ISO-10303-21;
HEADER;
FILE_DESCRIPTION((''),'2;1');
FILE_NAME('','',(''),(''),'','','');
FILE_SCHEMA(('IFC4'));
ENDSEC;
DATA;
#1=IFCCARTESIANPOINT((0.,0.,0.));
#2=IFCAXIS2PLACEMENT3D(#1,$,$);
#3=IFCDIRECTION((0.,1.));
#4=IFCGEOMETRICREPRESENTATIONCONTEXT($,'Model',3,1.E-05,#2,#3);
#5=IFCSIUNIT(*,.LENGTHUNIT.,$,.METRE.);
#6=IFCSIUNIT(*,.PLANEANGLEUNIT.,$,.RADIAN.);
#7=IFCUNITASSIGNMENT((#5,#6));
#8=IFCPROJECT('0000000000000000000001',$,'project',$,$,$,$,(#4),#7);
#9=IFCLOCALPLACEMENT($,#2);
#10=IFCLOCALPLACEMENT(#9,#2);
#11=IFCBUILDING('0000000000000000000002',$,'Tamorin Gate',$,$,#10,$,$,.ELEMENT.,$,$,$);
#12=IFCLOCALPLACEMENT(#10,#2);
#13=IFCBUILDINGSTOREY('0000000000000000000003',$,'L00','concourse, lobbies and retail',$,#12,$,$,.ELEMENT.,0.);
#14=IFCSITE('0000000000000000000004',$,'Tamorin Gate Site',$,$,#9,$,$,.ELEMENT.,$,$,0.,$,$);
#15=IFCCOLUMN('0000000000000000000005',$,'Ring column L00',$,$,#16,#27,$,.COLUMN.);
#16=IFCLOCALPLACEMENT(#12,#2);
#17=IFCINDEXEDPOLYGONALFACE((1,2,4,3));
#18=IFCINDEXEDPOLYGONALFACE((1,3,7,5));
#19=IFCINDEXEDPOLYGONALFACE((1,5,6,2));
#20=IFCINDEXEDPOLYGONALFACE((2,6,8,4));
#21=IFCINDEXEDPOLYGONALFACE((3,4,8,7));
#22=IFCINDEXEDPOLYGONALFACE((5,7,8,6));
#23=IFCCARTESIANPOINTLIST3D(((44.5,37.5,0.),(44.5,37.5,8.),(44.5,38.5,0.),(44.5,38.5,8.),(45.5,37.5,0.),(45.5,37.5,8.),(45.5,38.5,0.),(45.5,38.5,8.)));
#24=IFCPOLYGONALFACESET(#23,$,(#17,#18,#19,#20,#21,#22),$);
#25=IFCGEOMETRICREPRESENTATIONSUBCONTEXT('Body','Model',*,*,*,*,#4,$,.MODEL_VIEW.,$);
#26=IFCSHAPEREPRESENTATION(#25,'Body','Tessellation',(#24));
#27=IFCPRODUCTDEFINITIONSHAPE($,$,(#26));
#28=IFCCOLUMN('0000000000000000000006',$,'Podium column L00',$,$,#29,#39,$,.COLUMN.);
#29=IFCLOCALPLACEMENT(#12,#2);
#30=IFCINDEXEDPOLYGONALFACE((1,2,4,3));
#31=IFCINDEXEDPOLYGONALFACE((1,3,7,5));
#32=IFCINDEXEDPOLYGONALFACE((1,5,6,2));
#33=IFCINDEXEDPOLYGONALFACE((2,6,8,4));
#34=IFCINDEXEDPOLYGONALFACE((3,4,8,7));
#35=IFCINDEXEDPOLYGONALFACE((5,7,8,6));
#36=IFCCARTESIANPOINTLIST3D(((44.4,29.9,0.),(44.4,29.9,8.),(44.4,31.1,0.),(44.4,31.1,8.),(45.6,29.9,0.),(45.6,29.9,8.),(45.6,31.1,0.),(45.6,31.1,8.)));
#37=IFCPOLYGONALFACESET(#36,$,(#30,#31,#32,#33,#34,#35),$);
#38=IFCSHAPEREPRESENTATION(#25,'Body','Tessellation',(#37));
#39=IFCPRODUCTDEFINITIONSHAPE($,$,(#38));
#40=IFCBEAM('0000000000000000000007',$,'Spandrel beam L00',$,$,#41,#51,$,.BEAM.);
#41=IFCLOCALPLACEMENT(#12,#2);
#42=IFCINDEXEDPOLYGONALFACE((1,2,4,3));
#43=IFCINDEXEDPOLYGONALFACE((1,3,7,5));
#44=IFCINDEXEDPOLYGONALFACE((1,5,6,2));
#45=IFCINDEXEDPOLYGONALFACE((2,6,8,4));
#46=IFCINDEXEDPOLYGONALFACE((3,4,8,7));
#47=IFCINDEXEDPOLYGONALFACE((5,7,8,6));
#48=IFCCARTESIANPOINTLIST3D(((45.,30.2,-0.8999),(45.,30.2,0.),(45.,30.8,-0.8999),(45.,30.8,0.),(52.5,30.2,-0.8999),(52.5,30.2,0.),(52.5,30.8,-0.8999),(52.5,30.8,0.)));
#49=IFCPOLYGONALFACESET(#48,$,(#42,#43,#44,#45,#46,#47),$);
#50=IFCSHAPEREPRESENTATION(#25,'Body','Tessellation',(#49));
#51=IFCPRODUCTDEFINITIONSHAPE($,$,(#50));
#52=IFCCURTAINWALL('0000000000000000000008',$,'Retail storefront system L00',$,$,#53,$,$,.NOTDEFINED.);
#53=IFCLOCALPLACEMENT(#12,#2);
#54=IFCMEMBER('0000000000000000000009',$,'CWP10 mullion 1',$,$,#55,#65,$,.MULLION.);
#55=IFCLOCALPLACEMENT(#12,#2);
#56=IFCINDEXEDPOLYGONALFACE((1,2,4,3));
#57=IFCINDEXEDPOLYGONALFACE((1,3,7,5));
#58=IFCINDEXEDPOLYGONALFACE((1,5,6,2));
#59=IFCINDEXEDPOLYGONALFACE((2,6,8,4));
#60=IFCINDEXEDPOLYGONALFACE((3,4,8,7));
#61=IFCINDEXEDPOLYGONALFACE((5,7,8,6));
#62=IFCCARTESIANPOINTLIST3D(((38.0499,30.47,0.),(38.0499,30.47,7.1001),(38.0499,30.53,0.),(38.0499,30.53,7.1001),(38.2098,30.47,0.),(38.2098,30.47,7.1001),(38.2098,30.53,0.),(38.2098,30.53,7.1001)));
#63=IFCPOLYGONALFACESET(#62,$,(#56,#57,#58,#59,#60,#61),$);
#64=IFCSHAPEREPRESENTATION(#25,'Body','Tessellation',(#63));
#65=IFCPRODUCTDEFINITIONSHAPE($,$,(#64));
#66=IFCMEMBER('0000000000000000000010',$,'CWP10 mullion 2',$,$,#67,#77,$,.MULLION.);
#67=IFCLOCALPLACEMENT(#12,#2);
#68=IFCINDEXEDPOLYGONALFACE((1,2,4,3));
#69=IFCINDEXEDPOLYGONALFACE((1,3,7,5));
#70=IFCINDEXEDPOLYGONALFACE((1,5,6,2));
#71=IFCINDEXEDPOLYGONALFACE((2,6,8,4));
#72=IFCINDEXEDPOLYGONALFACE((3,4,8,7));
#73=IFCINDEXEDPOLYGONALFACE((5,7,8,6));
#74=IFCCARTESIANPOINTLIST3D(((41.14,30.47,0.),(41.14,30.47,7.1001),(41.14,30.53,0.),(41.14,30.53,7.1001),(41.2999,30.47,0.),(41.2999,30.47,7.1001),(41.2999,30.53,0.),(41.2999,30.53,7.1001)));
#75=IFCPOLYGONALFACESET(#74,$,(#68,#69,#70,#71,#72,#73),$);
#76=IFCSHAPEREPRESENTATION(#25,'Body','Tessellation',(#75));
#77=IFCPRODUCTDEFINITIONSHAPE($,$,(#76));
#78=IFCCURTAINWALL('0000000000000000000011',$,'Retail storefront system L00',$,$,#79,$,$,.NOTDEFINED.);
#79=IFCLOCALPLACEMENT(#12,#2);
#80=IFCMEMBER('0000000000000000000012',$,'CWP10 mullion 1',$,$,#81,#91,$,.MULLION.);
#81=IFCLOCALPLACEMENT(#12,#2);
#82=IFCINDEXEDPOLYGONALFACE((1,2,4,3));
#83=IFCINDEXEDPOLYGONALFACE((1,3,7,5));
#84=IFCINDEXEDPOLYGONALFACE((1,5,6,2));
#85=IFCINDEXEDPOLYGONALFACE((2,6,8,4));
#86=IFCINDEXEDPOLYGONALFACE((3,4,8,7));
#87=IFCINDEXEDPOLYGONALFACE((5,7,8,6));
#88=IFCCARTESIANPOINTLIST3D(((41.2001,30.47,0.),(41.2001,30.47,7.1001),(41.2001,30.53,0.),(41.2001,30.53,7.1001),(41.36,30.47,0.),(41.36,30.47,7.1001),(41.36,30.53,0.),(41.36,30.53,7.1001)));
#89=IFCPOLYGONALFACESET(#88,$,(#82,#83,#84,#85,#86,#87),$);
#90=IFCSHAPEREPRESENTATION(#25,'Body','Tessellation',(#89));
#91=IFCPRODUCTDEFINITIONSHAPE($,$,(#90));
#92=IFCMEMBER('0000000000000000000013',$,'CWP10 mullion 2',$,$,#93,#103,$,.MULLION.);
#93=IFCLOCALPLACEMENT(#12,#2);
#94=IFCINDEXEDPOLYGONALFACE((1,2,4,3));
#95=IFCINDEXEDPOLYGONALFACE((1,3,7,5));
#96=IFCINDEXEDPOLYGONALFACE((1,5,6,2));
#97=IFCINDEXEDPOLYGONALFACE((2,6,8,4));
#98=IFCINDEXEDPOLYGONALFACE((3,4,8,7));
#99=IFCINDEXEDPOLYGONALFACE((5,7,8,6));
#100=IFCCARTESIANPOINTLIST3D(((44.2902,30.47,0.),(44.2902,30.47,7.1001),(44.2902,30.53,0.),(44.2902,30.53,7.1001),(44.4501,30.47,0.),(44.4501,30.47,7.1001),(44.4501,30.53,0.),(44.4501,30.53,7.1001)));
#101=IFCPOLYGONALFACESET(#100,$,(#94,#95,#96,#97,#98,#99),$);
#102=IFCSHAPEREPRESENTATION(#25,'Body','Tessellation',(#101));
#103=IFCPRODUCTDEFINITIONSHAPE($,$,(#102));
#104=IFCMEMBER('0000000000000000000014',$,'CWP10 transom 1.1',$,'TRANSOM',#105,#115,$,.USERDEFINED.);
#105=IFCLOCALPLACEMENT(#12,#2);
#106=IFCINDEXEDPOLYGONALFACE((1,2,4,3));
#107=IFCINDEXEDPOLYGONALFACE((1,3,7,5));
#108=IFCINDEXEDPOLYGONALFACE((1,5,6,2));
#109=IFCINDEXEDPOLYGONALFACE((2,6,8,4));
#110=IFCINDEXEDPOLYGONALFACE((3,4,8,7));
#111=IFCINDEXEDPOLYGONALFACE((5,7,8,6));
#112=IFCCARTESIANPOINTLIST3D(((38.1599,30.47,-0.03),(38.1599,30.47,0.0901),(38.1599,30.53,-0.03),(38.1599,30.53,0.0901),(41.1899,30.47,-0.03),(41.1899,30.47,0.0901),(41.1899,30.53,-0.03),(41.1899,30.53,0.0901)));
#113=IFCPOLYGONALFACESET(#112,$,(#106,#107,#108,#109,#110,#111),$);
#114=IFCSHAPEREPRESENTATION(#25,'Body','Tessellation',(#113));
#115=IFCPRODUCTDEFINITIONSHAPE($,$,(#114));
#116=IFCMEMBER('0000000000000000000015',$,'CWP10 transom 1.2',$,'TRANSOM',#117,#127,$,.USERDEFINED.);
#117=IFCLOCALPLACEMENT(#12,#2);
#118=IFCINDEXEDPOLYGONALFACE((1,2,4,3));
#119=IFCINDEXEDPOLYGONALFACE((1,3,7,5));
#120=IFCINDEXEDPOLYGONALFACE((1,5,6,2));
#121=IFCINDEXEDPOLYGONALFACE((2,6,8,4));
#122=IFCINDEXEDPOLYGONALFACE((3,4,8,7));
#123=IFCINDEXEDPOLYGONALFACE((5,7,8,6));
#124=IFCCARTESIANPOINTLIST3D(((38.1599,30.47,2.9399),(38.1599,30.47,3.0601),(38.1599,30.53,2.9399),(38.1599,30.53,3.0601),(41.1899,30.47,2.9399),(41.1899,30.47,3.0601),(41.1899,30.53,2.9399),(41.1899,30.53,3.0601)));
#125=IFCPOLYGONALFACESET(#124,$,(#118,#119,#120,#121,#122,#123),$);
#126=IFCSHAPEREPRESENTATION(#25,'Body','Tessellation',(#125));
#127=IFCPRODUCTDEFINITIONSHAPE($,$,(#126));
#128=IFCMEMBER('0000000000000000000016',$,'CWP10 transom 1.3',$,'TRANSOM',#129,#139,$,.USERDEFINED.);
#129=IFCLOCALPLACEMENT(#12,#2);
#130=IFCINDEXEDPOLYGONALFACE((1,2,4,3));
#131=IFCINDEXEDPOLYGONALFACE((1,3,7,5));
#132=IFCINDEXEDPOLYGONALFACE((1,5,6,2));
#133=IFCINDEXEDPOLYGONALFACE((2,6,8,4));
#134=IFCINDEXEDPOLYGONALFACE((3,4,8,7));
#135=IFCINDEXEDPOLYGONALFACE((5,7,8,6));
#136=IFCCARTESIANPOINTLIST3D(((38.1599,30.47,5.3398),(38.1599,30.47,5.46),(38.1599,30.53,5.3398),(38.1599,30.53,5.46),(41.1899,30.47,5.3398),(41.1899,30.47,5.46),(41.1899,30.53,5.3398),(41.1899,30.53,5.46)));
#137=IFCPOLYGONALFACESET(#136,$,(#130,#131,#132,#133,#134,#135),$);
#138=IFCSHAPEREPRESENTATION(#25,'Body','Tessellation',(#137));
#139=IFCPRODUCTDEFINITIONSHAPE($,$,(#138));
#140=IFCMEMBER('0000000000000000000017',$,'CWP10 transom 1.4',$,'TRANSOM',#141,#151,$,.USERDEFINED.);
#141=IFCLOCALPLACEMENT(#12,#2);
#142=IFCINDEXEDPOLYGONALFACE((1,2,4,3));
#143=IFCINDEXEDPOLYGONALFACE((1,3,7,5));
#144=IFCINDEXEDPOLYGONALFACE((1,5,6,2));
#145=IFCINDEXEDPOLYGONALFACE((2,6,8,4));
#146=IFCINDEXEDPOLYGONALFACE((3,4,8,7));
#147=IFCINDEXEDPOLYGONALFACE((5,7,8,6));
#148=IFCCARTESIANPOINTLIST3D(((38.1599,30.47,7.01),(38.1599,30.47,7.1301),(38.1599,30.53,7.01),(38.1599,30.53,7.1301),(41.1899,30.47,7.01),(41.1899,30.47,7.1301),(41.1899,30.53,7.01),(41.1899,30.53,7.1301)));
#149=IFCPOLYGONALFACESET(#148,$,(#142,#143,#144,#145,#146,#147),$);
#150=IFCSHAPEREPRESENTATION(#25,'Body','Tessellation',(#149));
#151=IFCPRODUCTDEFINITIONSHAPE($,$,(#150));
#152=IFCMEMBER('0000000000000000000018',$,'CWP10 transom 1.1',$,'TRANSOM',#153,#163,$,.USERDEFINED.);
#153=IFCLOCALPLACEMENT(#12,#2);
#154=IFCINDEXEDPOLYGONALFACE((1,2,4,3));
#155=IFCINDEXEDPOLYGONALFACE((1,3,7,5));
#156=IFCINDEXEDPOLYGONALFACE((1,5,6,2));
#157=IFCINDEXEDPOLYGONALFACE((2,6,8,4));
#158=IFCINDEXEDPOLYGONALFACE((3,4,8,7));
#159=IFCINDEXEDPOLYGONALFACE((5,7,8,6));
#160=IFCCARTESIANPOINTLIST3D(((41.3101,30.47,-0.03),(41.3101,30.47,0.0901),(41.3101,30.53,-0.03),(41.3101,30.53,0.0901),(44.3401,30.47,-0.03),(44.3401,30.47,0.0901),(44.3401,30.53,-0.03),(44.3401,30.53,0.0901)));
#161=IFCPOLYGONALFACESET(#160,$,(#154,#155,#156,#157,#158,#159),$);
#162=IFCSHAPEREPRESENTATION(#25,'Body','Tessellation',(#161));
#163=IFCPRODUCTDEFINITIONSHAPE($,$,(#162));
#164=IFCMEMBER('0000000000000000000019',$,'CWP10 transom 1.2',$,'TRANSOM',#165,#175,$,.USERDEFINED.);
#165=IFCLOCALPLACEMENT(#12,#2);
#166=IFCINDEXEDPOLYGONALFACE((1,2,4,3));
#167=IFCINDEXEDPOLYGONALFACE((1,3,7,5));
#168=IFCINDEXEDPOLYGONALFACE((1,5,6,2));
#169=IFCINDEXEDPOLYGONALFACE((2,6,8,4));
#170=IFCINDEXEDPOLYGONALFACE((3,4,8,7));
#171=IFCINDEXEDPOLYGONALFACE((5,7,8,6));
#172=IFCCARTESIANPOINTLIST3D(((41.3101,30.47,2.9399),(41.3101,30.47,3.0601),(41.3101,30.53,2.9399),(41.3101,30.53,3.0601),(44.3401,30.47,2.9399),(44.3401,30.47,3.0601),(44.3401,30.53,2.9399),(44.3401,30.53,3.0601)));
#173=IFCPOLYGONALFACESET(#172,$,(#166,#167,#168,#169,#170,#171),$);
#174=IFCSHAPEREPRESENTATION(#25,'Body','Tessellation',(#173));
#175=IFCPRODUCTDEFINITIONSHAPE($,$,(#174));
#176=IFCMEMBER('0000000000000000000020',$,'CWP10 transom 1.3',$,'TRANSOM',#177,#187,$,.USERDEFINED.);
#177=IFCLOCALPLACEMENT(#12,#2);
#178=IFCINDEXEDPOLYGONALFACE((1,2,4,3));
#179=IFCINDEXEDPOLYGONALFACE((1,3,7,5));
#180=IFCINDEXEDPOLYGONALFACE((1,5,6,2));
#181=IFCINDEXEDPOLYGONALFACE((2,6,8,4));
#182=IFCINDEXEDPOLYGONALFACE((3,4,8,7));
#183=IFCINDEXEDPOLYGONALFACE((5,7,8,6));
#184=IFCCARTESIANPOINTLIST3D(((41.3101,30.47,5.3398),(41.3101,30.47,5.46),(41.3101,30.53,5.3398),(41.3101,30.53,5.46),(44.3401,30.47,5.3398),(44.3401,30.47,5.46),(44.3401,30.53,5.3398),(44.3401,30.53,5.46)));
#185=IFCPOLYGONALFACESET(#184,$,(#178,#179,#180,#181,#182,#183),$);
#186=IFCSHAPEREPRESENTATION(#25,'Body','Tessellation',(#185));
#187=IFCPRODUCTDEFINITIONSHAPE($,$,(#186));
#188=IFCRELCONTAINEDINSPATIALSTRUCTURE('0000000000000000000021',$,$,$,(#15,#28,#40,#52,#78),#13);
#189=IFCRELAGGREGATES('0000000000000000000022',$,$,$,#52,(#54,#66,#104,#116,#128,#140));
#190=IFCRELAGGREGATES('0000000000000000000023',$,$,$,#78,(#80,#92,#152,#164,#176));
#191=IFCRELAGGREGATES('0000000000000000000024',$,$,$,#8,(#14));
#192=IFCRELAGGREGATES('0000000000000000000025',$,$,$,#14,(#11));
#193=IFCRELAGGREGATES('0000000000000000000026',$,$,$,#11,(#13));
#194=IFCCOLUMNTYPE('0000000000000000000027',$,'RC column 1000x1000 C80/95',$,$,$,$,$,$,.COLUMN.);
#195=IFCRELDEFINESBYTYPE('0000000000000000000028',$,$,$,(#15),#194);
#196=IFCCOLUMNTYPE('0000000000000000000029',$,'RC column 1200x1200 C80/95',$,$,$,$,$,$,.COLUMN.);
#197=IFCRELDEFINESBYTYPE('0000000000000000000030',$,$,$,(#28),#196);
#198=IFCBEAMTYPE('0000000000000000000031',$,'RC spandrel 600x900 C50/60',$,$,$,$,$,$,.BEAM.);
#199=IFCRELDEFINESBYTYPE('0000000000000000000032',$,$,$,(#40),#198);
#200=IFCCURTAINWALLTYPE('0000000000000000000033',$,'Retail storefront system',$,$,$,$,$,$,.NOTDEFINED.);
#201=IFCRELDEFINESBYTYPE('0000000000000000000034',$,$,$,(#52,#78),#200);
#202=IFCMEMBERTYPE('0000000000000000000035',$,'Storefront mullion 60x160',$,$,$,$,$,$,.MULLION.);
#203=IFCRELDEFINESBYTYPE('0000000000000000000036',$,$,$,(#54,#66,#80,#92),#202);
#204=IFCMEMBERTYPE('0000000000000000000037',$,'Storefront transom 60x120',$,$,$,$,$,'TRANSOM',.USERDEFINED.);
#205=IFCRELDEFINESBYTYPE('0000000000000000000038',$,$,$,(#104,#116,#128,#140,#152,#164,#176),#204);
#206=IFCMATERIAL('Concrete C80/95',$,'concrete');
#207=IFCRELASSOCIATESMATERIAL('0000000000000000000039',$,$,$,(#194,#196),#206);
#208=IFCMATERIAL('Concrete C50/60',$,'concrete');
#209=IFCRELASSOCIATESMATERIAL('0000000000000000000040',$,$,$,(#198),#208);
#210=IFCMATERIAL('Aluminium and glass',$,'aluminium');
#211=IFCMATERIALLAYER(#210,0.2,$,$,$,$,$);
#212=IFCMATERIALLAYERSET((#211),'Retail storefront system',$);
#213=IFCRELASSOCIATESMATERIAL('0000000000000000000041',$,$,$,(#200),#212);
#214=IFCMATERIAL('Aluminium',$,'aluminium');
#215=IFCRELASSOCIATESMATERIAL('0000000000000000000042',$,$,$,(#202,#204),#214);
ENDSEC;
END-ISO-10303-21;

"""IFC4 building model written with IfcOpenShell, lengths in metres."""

from ifc_helpers import new_model, si_unit, direction, frame, origin, origin_2d, place, context, subcontext, project, spatial, rectangle, extrude, material, layer, layer_set, material_profile, profile_set, type_object, element, aggregate, save


model = new_model("IFC4")

# Units and contexts
model_context = context("Model", 3, precision=1e-05, world=origin(), true_north=direction((0.0, 1.0)))
body_context = subcontext(model_context, "Body", "Model", "MODEL_VIEW")
ifc_project = project(units=[si_unit("LENGTHUNIT", "METRE"), si_unit("PLANEANGLEUNIT", "RADIAN")], contexts=[model_context])

# Site, building, storey
site_placement = place(None, origin())
site = spatial("IfcSite", under=ifc_project, at=site_placement, Name="Tamorin Gate Site", CompositionType="ELEMENT", RefElevation=0.0)
building_placement = place(site_placement, origin())
building = spatial("IfcBuilding", under=site, at=building_placement, Name="Tamorin Gate", CompositionType="ELEMENT")
storey_placement = place(building_placement, origin())
storey = spatial("IfcBuildingStorey", under=building, at=storey_placement, Name="L00", Description="concourse, lobbies and retail", CompositionType="ELEMENT", Elevation=0.0)

# Columns
ifc_material_1 = material(Name="Concrete C80/95", Category="concrete")
ifc_material_profile_1 = material_profile(ifc_material_1, rectangle(XDim=1.0, YDim=1.0, at=origin_2d()), Name="RC 1000x1000")
ifc_profile_set_1 = profile_set([ifc_material_profile_1], Name="Concrete C80/95")
column_type_1 = type_object("IfcColumnType", Name="RC column 1000x1000 C80/95", PredefinedType="COLUMN", material=ifc_profile_set_1)
column_1_placement = place(storey_placement, frame((45.0, 38.0, 0.0), z_axis=(0.0, 0.0, 1.0), x_axis=(1.0, 0.0, 0.0)))
element("IfcColumn", 1, at=column_1_placement, inside=storey, type_object=column_type_1, Name="Ring column L00", PredefinedType="COLUMN", context=body_context, shape_type="SweptSolid", body=[
    extrude(rectangle(XDim=1.0, YDim=1.0, at=origin_2d()), origin(), (0.0, 0.0, 1.0), 8.0),
])
ifc_material_profile_2 = material_profile(ifc_material_1, rectangle(XDim=1.2, YDim=1.2, at=origin_2d()), Name="RC 1200x1200")
ifc_profile_set_2 = profile_set([ifc_material_profile_2], Name="Concrete C80/95")
column_type_2 = type_object("IfcColumnType", Name="RC column 1200x1200 C80/95", PredefinedType="COLUMN", material=ifc_profile_set_2)
column_2_placement = place(storey_placement, frame((45.0, 30.5, 0.0), z_axis=(0.0, 0.0, 1.0), x_axis=(1.0, 0.0, 0.0)))
element("IfcColumn", 2, at=column_2_placement, inside=storey, type_object=column_type_2, Name="Podium column L00", PredefinedType="COLUMN", context=body_context, shape_type="SweptSolid", body=[
    extrude(rectangle(XDim=1.2, YDim=1.2, at=origin_2d()), origin(), (0.0, 0.0, 1.0), 8.0),
])

# Beam
ifc_material_2 = material(Name="Concrete C50/60", Category="concrete")
ifc_material_profile_3 = material_profile(ifc_material_2, rectangle(XDim=0.6001, YDim=0.8999, at=origin_2d()), Name="RC 600x900")
ifc_profile_set_3 = profile_set([ifc_material_profile_3], Name="Concrete C50/60")
beam_type = type_object("IfcBeamType", Name="RC spandrel 600x900 C50/60", PredefinedType="BEAM", material=ifc_profile_set_3)
beam_placement = place(storey_placement, frame((45.0, 30.5, -0.45), z_axis=(1.0, 0.0, 0.0), x_axis=(0.0, 1.0, 0.0)))
element("IfcBeam", 3, at=beam_placement, inside=storey, type_object=beam_type, Name="Spandrel beam L00", PredefinedType="BEAM", context=body_context, shape_type="SweptSolid", body=[
    extrude(rectangle(XDim=0.6001, YDim=0.8999, at=origin_2d()), origin(), (0.0, 0.0, 1.0), 7.5),
])

# Curtain walls, members
ifc_material_3 = material(Name="Aluminium and glass", Category="aluminium")
ifc_layer_1 = layer(ifc_material_3, 0.2)
ifc_layer_set_1 = layer_set([ifc_layer_1], Name="Retail storefront system")
curtain_wall_type = type_object("IfcCurtainWallType", Name="Retail storefront system", PredefinedType="NOTDEFINED", material=ifc_layer_set_1)
curtain_wall_1_placement = place(storey_placement, origin())
curtain_wall_1 = element("IfcCurtainWall", 4, at=curtain_wall_1_placement, inside=storey, type_object=curtain_wall_type, Name="Retail storefront system L00", PredefinedType="NOTDEFINED")
ifc_material_4 = material(Name="Aluminium", Category="aluminium")
ifc_material_profile_4 = material_profile(ifc_material_4, rectangle(XDim=0.0601, YDim=0.1599, at=origin_2d()), Name="RECT 60x160")
ifc_profile_set_4 = profile_set([ifc_material_profile_4], Name="Aluminium")
member_type_1 = type_object("IfcMemberType", Name="Storefront mullion 60x160", PredefinedType="MULLION", material=ifc_profile_set_4)
member_1_placement = place(storey_placement, frame((38.1299, 30.5, 0.0), z_axis=(0.0, 0.0, 1.0), x_axis=(0.0, 1.0, 0.0)))
member_1 = element("IfcMember", 5, at=member_1_placement, type_object=member_type_1, Name="CWP10 mullion 1", PredefinedType="MULLION", context=body_context, shape_type="SweptSolid", body=[
    extrude(rectangle(XDim=0.0601, YDim=0.1599, at=origin_2d()), origin(), (0.0, 0.0, 1.0), 7.1001),
])
member_2_placement = place(storey_placement, frame((41.22, 30.5, 0.0), z_axis=(0.0, 0.0, 1.0), x_axis=(0.0, 1.0, 0.0)))
member_2 = element("IfcMember", 6, at=member_2_placement, type_object=member_type_1, Name="CWP10 mullion 2", PredefinedType="MULLION", context=body_context, shape_type="SweptSolid", body=[
    extrude(rectangle(XDim=0.0601, YDim=0.1599, at=origin_2d()), origin(), (0.0, 0.0, 1.0), 7.1001),
])
curtain_wall_2_placement = place(storey_placement, origin())
curtain_wall_2 = element("IfcCurtainWall", 7, at=curtain_wall_2_placement, inside=storey, type_object=curtain_wall_type, Name="Retail storefront system L00", PredefinedType="NOTDEFINED")
member_3_placement = place(storey_placement, frame((41.28, 30.5, 0.0), z_axis=(0.0, 0.0, 1.0), x_axis=(0.0, 1.0, 0.0)))
member_3 = element("IfcMember", 8, at=member_3_placement, type_object=member_type_1, Name="CWP10 mullion 1", PredefinedType="MULLION", context=body_context, shape_type="SweptSolid", body=[
    extrude(rectangle(XDim=0.0601, YDim=0.1599, at=origin_2d()), origin(), (0.0, 0.0, 1.0), 7.1001),
])
member_4_placement = place(storey_placement, frame((44.3701, 30.5, 0.0), z_axis=(0.0, 0.0, 1.0), x_axis=(0.0, 1.0, 0.0)))
member_4 = element("IfcMember", 9, at=member_4_placement, type_object=member_type_1, Name="CWP10 mullion 2", PredefinedType="MULLION", context=body_context, shape_type="SweptSolid", body=[
    extrude(rectangle(XDim=0.0601, YDim=0.1599, at=origin_2d()), origin(), (0.0, 0.0, 1.0), 7.1001),
])

# Members
ifc_material_profile_5 = material_profile(ifc_material_4, rectangle(XDim=0.0601, YDim=0.1201, at=origin_2d()), Name="RECT 60x120")
ifc_profile_set_5 = profile_set([ifc_material_profile_5], Name="Aluminium")
member_type_2 = type_object("IfcMemberType", Name="Storefront transom 60x120", ElementType="TRANSOM", PredefinedType="USERDEFINED", material=ifc_profile_set_5)
member_5_placement = place(storey_placement, frame((38.1599, 30.5, 0.03), z_axis=(1.0, 0.0, 0.0), x_axis=(0.0, 1.0, 0.0)))
member_5 = element("IfcMember", 10, at=member_5_placement, type_object=member_type_2, Name="CWP10 transom 1.1", ObjectType="TRANSOM", PredefinedType="USERDEFINED", context=body_context, shape_type="SweptSolid", body=[
    extrude(rectangle(XDim=0.0601, YDim=0.1201, at=origin_2d()), origin(), (0.0, 0.0, 1.0), 3.03),
])
member_6_placement = place(storey_placement, frame((38.1599, 30.5, 3.0), z_axis=(1.0, 0.0, 0.0), x_axis=(0.0, 1.0, 0.0)))
member_6 = element("IfcMember", 11, at=member_6_placement, type_object=member_type_2, Name="CWP10 transom 1.2", ObjectType="TRANSOM", PredefinedType="USERDEFINED", context=body_context, shape_type="SweptSolid", body=[
    extrude(rectangle(XDim=0.0601, YDim=0.1201, at=origin_2d()), origin(), (0.0, 0.0, 1.0), 3.03),
])
member_7_placement = place(storey_placement, frame((38.1599, 30.5, 5.3999), z_axis=(1.0, 0.0, 0.0), x_axis=(0.0, 1.0, 0.0)))
member_7 = element("IfcMember", 12, at=member_7_placement, type_object=member_type_2, Name="CWP10 transom 1.3", ObjectType="TRANSOM", PredefinedType="USERDEFINED", context=body_context, shape_type="SweptSolid", body=[
    extrude(rectangle(XDim=0.0601, YDim=0.1201, at=origin_2d()), origin(), (0.0, 0.0, 1.0), 3.03),
])
member_8_placement = place(storey_placement, frame((38.1599, 30.5, 7.0701), z_axis=(1.0, 0.0, 0.0), x_axis=(0.0, 1.0, 0.0)))
member_8 = element("IfcMember", 13, at=member_8_placement, type_object=member_type_2, Name="CWP10 transom 1.4", ObjectType="TRANSOM", PredefinedType="USERDEFINED", context=body_context, shape_type="SweptSolid", body=[
    extrude(rectangle(XDim=0.0601, YDim=0.1201, at=origin_2d()), origin(), (0.0, 0.0, 1.0), 3.03),
])
member_9_placement = place(storey_placement, frame((41.3101, 30.5, 0.03), z_axis=(1.0, 0.0, 0.0), x_axis=(0.0, 1.0, 0.0)))
member_9 = element("IfcMember", 14, at=member_9_placement, type_object=member_type_2, Name="CWP10 transom 1.1", ObjectType="TRANSOM", PredefinedType="USERDEFINED", context=body_context, shape_type="SweptSolid", body=[
    extrude(rectangle(XDim=0.0601, YDim=0.1201, at=origin_2d()), origin(), (0.0, 0.0, 1.0), 3.03),
])
member_10_placement = place(storey_placement, frame((41.3101, 30.5, 3.0), z_axis=(1.0, 0.0, 0.0), x_axis=(0.0, 1.0, 0.0)))
member_10 = element("IfcMember", 15, at=member_10_placement, type_object=member_type_2, Name="CWP10 transom 1.2", ObjectType="TRANSOM", PredefinedType="USERDEFINED", context=body_context, shape_type="SweptSolid", body=[
    extrude(rectangle(XDim=0.0601, YDim=0.1201, at=origin_2d()), origin(), (0.0, 0.0, 1.0), 3.03),
])
member_11_placement = place(storey_placement, frame((41.3101, 30.5, 5.3999), z_axis=(1.0, 0.0, 0.0), x_axis=(0.0, 1.0, 0.0)))
member_11 = element("IfcMember", 16, at=member_11_placement, type_object=member_type_2, Name="CWP10 transom 1.3", ObjectType="TRANSOM", PredefinedType="USERDEFINED", context=body_context, shape_type="SweptSolid", body=[
    extrude(rectangle(XDim=0.0601, YDim=0.1201, at=origin_2d()), origin(), (0.0, 0.0, 1.0), 3.03),
])

aggregate(curtain_wall_1, [member_1, member_2, member_5, member_6, member_7, member_8])
aggregate(curtain_wall_2, [member_3, member_4, member_9, member_10, member_11])

save(model, "model.ifc")
